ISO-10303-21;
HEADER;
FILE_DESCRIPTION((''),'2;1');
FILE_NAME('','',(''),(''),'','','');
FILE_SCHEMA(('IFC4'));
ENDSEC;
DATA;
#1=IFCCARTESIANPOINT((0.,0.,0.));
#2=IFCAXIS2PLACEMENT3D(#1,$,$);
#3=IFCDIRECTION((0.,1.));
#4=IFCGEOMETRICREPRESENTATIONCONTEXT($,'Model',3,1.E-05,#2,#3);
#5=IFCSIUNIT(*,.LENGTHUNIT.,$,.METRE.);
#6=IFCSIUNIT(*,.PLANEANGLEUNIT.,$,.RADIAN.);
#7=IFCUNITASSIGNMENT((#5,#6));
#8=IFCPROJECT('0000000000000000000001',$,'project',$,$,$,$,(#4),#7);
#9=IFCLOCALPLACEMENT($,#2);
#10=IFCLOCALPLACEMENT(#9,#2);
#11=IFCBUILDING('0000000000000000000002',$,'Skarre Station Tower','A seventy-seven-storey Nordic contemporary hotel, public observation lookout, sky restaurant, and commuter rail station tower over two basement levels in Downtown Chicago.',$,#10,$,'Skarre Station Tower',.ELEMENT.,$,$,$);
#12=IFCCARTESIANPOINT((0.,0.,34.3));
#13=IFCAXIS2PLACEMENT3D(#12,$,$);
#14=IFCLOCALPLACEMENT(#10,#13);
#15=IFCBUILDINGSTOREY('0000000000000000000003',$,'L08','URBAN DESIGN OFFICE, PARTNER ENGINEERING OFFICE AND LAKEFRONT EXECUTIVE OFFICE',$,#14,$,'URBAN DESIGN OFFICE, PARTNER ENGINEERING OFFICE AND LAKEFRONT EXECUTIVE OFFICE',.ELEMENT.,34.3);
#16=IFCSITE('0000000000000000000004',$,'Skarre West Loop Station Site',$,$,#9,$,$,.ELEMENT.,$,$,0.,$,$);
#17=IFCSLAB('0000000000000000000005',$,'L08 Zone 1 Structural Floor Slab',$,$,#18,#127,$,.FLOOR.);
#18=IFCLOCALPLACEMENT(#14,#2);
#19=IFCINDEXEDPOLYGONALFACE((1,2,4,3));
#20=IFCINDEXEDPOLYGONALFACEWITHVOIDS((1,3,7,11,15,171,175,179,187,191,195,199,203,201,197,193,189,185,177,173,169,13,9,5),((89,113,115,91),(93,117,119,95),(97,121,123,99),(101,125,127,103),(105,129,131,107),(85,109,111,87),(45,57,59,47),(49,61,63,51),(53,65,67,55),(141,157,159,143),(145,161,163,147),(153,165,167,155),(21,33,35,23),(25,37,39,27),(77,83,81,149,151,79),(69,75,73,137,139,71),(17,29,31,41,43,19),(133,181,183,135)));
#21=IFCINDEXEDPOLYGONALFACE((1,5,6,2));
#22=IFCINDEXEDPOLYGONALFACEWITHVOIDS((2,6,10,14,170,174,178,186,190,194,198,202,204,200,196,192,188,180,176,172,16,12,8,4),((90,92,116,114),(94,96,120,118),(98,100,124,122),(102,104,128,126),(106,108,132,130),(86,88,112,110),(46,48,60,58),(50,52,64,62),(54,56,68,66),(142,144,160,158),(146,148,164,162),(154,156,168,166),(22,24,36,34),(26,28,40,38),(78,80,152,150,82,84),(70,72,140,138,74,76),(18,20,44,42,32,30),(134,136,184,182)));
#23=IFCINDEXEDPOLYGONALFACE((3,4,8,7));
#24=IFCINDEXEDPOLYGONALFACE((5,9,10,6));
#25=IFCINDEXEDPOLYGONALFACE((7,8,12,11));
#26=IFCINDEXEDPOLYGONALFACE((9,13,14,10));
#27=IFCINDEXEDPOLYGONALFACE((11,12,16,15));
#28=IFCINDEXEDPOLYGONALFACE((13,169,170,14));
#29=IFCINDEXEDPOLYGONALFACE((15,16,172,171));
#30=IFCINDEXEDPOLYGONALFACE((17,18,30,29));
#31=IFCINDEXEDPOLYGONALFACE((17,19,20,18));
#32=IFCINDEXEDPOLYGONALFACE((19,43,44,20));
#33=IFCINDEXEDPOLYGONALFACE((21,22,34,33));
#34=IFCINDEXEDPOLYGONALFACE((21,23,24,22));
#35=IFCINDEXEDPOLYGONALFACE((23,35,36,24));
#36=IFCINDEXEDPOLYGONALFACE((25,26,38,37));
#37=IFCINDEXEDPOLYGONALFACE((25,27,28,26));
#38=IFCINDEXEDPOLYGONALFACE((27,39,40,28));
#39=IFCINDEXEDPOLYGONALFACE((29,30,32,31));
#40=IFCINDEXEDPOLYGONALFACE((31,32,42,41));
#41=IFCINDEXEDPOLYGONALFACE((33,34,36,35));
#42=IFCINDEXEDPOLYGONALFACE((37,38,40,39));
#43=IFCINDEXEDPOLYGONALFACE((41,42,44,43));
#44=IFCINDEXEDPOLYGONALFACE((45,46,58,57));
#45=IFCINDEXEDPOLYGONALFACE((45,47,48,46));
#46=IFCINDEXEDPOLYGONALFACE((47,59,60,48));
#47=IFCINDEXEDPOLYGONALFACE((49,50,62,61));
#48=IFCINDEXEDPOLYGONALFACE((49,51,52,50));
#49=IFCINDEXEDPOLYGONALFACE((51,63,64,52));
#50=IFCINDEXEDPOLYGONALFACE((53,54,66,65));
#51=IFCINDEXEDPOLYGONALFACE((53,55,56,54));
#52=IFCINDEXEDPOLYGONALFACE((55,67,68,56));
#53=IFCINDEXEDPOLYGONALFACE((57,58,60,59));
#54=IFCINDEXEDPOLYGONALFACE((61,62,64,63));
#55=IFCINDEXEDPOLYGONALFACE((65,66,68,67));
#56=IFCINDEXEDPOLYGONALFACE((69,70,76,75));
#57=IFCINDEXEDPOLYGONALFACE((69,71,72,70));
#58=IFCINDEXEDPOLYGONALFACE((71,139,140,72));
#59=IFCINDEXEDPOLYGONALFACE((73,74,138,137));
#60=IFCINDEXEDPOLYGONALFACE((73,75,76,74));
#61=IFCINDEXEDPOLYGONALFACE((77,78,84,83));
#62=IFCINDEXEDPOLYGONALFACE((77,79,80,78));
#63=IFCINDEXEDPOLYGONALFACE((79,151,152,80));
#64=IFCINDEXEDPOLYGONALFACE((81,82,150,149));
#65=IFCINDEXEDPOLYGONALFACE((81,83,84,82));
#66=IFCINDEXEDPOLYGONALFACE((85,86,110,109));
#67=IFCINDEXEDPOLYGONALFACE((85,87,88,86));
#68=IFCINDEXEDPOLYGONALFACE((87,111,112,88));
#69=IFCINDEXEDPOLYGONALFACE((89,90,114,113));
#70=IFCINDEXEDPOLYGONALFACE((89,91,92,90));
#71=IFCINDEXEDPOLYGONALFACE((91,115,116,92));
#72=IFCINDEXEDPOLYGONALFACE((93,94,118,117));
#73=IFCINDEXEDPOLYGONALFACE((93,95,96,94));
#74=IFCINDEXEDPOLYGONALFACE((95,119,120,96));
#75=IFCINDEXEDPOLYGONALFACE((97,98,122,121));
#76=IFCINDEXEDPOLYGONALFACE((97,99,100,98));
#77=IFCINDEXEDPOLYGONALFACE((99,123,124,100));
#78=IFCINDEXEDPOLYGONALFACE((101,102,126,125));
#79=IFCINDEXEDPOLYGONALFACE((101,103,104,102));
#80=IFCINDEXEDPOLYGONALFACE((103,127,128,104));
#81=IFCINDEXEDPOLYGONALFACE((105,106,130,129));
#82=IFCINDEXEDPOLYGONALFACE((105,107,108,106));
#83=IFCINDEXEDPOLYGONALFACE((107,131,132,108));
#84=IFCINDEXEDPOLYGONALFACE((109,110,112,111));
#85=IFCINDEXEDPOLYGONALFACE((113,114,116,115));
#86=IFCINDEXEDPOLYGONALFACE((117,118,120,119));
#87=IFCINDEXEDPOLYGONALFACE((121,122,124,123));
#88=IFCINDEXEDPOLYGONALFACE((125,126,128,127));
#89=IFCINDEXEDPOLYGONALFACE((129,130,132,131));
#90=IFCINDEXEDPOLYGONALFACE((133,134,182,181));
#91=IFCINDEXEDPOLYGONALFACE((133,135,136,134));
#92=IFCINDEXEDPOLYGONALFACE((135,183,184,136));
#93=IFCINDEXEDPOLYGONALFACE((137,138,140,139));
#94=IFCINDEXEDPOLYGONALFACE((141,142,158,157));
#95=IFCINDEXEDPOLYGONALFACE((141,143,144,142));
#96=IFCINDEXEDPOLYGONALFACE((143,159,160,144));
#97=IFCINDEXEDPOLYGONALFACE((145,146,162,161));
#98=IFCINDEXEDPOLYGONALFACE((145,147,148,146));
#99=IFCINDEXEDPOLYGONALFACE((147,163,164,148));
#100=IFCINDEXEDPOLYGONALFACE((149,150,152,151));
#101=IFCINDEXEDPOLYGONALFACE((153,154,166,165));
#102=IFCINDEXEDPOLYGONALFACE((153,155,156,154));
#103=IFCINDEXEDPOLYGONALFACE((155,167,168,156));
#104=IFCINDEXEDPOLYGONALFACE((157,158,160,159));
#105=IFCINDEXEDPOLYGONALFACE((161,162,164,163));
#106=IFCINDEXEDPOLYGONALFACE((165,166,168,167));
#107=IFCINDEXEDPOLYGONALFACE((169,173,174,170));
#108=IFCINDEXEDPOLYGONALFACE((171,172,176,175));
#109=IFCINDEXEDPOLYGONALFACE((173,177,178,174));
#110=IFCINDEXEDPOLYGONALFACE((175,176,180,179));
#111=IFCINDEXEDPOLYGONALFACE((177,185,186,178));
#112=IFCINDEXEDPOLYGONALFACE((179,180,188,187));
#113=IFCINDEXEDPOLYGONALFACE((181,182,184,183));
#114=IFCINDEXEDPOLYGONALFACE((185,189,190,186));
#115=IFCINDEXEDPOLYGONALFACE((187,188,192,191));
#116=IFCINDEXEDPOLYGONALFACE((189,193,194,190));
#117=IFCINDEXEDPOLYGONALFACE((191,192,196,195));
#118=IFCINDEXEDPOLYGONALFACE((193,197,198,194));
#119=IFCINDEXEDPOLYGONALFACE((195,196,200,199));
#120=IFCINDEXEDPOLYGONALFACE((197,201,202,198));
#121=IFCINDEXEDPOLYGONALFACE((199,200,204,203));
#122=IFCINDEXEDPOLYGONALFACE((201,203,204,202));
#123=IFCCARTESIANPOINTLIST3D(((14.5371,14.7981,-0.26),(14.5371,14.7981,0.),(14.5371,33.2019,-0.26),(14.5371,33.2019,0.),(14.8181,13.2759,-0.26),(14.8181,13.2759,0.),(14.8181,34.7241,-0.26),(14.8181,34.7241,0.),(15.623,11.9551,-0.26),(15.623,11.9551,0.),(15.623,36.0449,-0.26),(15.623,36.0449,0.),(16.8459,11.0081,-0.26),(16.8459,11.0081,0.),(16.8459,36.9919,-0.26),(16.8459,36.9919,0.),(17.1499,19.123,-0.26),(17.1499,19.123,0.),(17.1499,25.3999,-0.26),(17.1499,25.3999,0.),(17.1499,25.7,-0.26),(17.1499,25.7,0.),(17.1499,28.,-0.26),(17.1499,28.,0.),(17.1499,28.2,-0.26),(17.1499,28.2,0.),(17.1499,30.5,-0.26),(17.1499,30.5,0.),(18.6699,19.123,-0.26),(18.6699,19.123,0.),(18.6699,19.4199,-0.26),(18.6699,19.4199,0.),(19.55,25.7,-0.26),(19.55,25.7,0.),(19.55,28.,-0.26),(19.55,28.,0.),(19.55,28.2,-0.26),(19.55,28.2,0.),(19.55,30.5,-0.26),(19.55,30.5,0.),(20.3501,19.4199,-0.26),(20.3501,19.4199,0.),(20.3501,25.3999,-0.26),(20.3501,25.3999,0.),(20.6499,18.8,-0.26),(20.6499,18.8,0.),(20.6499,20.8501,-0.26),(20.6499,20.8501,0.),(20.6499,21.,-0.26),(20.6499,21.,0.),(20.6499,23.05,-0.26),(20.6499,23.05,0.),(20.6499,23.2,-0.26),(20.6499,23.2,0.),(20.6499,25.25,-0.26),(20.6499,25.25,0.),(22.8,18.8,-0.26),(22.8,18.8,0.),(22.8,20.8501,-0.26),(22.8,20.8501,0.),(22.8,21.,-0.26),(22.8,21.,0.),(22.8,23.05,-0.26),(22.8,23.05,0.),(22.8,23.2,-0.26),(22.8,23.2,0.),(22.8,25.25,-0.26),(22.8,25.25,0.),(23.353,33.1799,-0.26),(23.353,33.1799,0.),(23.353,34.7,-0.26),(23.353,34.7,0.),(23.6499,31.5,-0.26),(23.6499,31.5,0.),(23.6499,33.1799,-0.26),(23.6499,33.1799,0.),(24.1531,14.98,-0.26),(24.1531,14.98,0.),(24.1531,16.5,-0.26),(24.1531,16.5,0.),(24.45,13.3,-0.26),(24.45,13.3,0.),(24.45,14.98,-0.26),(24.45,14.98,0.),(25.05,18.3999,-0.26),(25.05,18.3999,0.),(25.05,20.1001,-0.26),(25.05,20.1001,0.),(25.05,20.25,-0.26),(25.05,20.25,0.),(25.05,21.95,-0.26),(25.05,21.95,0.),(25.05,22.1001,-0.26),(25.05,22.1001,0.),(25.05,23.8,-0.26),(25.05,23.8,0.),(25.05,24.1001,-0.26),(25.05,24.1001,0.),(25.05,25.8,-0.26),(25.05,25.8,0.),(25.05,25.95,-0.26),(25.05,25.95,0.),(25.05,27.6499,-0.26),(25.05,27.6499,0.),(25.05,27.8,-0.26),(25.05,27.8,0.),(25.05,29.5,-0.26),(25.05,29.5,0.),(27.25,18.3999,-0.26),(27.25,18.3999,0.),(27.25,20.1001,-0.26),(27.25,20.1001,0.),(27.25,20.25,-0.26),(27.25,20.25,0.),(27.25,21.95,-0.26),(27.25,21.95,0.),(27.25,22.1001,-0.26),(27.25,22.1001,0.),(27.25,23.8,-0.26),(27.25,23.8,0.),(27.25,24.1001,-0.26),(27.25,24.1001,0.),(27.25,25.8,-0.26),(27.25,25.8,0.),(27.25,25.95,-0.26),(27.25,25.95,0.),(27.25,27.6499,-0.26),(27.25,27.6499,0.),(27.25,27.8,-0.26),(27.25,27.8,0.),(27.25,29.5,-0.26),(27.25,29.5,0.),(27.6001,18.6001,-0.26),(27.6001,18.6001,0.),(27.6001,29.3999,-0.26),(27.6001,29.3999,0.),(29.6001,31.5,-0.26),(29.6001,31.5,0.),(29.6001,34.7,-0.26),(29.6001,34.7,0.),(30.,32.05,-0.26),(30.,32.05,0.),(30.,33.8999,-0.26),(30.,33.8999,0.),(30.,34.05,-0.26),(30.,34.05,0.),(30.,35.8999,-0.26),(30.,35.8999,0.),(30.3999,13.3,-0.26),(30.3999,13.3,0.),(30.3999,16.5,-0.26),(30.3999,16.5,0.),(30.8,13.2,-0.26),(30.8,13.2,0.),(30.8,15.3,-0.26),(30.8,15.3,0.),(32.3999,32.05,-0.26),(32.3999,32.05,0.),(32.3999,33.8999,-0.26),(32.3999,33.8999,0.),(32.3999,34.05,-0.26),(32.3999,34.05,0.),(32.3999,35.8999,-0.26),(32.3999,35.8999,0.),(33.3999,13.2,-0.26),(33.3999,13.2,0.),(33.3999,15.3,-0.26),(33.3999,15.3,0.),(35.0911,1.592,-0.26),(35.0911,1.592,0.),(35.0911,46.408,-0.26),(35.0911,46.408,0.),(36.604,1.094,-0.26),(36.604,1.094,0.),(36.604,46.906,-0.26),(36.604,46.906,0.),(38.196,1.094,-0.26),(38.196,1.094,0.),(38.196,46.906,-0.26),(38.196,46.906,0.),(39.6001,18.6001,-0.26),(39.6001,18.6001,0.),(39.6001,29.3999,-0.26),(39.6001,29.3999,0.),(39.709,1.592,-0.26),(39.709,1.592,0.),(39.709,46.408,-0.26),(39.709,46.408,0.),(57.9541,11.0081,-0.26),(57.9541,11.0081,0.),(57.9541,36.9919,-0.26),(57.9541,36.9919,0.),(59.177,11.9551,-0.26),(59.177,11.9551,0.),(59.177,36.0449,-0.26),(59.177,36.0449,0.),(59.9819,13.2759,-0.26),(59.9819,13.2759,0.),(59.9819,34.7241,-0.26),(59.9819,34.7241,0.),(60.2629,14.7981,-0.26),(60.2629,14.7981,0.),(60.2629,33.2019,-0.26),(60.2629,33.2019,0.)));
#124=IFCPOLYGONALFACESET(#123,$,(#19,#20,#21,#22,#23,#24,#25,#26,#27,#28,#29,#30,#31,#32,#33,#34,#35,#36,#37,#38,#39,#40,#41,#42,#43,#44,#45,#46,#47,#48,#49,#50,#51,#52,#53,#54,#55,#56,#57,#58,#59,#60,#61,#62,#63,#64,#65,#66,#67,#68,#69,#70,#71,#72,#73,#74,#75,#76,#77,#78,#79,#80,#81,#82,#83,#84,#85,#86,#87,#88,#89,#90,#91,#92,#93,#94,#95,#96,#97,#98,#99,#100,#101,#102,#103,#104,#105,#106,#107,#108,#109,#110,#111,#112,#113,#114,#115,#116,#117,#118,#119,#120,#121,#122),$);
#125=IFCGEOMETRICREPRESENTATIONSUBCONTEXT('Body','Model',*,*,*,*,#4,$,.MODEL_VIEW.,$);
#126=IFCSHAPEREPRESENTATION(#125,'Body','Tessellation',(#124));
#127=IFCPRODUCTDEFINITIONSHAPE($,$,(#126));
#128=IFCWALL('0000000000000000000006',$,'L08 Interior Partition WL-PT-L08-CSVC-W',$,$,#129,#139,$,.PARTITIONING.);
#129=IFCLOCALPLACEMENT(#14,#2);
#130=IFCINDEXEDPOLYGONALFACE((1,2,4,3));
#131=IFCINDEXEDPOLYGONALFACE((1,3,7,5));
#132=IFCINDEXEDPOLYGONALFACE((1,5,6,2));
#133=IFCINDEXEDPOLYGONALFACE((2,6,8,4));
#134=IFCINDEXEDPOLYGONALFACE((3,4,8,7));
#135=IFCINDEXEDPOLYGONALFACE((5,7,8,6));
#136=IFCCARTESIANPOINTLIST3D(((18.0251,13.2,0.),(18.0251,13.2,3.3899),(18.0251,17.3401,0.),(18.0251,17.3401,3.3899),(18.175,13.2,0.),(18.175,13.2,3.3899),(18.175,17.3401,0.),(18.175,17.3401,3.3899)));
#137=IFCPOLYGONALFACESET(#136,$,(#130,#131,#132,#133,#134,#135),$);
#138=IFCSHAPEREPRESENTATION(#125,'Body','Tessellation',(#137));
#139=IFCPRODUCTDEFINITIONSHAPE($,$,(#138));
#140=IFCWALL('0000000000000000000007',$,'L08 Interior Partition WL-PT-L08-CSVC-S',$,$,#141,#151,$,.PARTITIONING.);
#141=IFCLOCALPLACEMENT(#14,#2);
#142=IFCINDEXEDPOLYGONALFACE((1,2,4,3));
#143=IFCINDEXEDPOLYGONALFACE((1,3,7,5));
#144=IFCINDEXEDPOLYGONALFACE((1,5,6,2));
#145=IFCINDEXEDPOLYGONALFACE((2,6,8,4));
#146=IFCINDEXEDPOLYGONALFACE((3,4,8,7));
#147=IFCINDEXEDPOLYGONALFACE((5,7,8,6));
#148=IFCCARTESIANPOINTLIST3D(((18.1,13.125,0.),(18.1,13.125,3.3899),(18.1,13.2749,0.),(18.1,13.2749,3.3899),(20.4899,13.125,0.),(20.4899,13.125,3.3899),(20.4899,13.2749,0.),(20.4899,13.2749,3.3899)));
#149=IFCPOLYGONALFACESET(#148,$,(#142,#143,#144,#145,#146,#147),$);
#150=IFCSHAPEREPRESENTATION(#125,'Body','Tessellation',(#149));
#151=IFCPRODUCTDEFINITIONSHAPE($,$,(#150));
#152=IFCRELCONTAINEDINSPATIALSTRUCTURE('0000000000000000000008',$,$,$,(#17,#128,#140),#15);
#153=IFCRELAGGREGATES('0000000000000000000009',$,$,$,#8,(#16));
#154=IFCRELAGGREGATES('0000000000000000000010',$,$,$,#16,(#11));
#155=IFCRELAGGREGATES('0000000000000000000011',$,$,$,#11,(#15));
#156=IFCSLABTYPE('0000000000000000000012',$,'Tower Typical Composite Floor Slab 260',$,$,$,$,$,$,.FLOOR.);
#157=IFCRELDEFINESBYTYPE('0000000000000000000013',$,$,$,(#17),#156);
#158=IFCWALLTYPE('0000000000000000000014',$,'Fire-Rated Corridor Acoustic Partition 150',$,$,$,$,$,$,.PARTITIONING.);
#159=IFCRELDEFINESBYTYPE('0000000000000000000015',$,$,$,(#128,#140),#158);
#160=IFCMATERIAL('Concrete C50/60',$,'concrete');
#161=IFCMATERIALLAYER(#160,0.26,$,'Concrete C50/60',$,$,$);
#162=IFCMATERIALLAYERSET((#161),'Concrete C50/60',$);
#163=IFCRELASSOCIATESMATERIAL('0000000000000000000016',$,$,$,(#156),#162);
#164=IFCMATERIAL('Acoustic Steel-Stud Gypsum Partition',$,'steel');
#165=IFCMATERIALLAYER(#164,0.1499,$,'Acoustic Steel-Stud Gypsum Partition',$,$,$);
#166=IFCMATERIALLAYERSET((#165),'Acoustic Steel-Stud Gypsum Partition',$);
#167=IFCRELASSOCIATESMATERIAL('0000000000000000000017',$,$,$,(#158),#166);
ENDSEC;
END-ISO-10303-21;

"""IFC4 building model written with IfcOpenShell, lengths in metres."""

from ifc_helpers import new_model, si_unit, direction, frame, frame_2d, origin, place, context, subcontext, project, spatial, polyline, rectangle, outline, extrude, material, layer, layer_set, type_object, element, save


model = new_model("IFC4")

# Units and contexts
model_context = context("Model", 3, precision=1e-05, world=origin(), true_north=direction((0.0, 1.0)))
body_context = subcontext(model_context, "Body", "Model", "MODEL_VIEW")
ifc_project = project(units=[si_unit("LENGTHUNIT", "METRE"), si_unit("PLANEANGLEUNIT", "RADIAN")], contexts=[model_context])

# Site, building, storey
site_placement = place(None, origin())
site = spatial("IfcSite", under=ifc_project, at=site_placement, Name="Skarre West Loop Station Site", CompositionType="ELEMENT", RefElevation=0.0)
building_placement = place(site_placement, origin())
building = spatial("IfcBuilding", under=site, at=building_placement, Name="Skarre Station Tower", Description="A seventy-seven-storey Nordic contemporary hotel, public observation lookout, sky restaurant, and commuter rail station tower over two basement levels in Downtown Chicago.", LongName="Skarre Station Tower", CompositionType="ELEMENT")
storey_placement = place(building_placement, frame((0.0, 0.0, 34.3)))
storey = spatial("IfcBuildingStorey", under=building, at=storey_placement, Name="L08", Description="URBAN DESIGN OFFICE, PARTNER ENGINEERING OFFICE AND LAKEFRONT EXECUTIVE OFFICE", LongName="URBAN DESIGN OFFICE, PARTNER ENGINEERING OFFICE AND LAKEFRONT EXECUTIVE OFFICE", CompositionType="ELEMENT", Elevation=34.3)

# Slab
ifc_material_1 = material(Name="Concrete C50/60", Category="concrete")
ifc_layer_1 = layer(ifc_material_1, 0.26, Name="Concrete C50/60")
ifc_layer_set_1 = layer_set([ifc_layer_1], Name="Concrete C50/60")
slab_type_1 = type_object("IfcSlabType", Name="Tower Typical Composite Floor Slab 260", PredefinedType="FLOOR", material=ifc_layer_set_1)
slab_1_placement = place(storey_placement, frame((0.0, 0.0, -0.26)))
element("IfcSlab", 1, at=slab_1_placement, inside=storey, type_object=slab_type_1, Name="L08 Zone 1 Structural Floor Slab", PredefinedType="FLOOR", context=body_context, shape_type="SweptSolid", body=[
    extrude(outline(polyline([(60.2629, 33.2019), (59.9819, 34.7241), (59.177, 36.0449), (57.9541, 36.9919), (39.709, 46.408), (38.196, 46.906), (36.604, 46.906), (35.0911, 46.408), (16.8459, 36.9919), (15.623, 36.0449), (14.8181, 34.7241), (14.5371, 33.2019), (14.5371, 14.7981), (14.8181, 13.2759), (15.623, 11.9551), (16.8459, 11.0081), (35.0911, 1.592), (36.604, 1.094), (38.196, 1.094), (39.709, 1.592), (57.9541, 11.0081), (59.177, 11.9551), (59.9819, 13.2759), (60.2629, 14.7981), (60.2629, 33.2019)]), holes=[polyline([(18.6699, 19.4199), (18.6699, 19.123), (17.1499, 19.123), (17.1499, 25.3999), (20.3501, 25.3999), (20.3501, 19.4199), (18.6699, 19.4199)]), polyline([(24.45, 14.98), (24.1531, 14.98), (24.1531, 16.5), (30.3999, 16.5), (30.3999, 13.3), (24.45, 13.3), (24.45, 14.98)]), polyline([(23.6499, 33.1799), (23.353, 33.1799), (23.353, 34.7), (29.6001, 34.7), (29.6001, 31.5), (23.6499, 31.5), (23.6499, 33.1799)]), polyline([(17.1499, 28.0), (19.55, 28.0), (19.55, 25.7), (17.1499, 25.7), (17.1499, 28.0)]), polyline([(17.1499, 30.5), (19.55, 30.5), (19.55, 28.2), (17.1499, 28.2), (17.1499, 30.5)]), polyline([(30.8, 15.3), (33.3999, 15.3), (33.3999, 13.2), (30.8, 13.2), (30.8, 15.3)]), polyline([(25.05, 20.1001), (27.25, 20.1001), (27.25, 18.3999), (25.05, 18.3999), (25.05, 20.1001)]), polyline([(25.05, 21.95), (27.25, 21.95), (27.25, 20.25), (25.05, 20.25), (25.05, 21.95)]), polyline([(25.05, 23.8), (27.25, 23.8), (27.25, 22.1001), (25.05, 22.1001), (25.05, 23.8)]), polyline([(25.05, 25.8), (27.25, 25.8), (27.25, 24.1001), (25.05, 24.1001), (25.05, 25.8)]), polyline([(25.05, 27.6499), (27.25, 27.6499), (27.25, 25.95), (25.05, 25.95), (25.05, 27.6499)]), polyline([(25.05, 29.5), (27.25, 29.5), (27.25, 27.8), (25.05, 27.8), (25.05, 29.5)]), polyline([(20.6499, 20.8501), (22.8, 20.8501), (22.8, 18.8), (20.6499, 18.8), (20.6499, 20.8501)]), polyline([(20.6499, 23.05), (22.8, 23.05), (22.8, 21.0), (20.6499, 21.0), (20.6499, 23.05)]), polyline([(20.6499, 25.25), (22.8, 25.25), (22.8, 23.2), (20.6499, 23.2), (20.6499, 25.25)]), polyline([(30.0, 33.8999), (32.3999, 33.8999), (32.3999, 32.05), (30.0, 32.05), (30.0, 33.8999)]), polyline([(30.0, 35.8999), (32.3999, 35.8999), (32.3999, 34.05), (30.0, 34.05), (30.0, 35.8999)]), polyline([(27.6001, 29.3999), (39.6001, 29.3999), (39.6001, 18.6001), (27.6001, 18.6001), (27.6001, 29.3999)])]), origin(), (0.0, 0.0, 1.0), 0.26),
])

# Walls
ifc_material_2 = material(Name="Acoustic Steel-Stud Gypsum Partition", Category="steel")
ifc_layer_2 = layer(ifc_material_2, 0.1499, Name="Acoustic Steel-Stud Gypsum Partition")
ifc_layer_set_2 = layer_set([ifc_layer_2], Name="Acoustic Steel-Stud Gypsum Partition")
wall_type_1 = type_object("IfcWallType", Name="Fire-Rated Corridor Acoustic Partition 150", PredefinedType="PARTITIONING", material=ifc_layer_set_2)
wall_1_placement = place(storey_placement, frame((18.1001, 17.3401, 0.0), z_axis=(0.0, 0.0, 1.0), x_axis=(0.0, -1.0, 0.0)))
element("IfcWall", 2, at=wall_1_placement, inside=storey, type_object=wall_type_1, Name="L08 Interior Partition WL-PT-L08-CSVC-W", PredefinedType="PARTITIONING", context=body_context, shape_type="SweptSolid", body=[
    extrude(rectangle(XDim=4.1401, YDim=0.1499, at=frame_2d((2.0701, 0.0))), origin(), (0.0, 0.0, 1.0), 3.3899),
])
wall_2_placement = place(storey_placement, frame((18.1001, 13.2, 0.0), z_axis=(0.0, 0.0, 1.0), x_axis=(1.0, 0.0, 0.0)))
element("IfcWall", 3, at=wall_2_placement, inside=storey, type_object=wall_type_1, Name="L08 Interior Partition WL-PT-L08-CSVC-S", PredefinedType="PARTITIONING", context=body_context, shape_type="SweptSolid", body=[
    extrude(rectangle(XDim=2.3899, YDim=0.1499, at=frame_2d((1.1948, 0.0))), origin(), (0.0, 0.0, 1.0), 3.3899),
])

save(model, "model.ifc")
